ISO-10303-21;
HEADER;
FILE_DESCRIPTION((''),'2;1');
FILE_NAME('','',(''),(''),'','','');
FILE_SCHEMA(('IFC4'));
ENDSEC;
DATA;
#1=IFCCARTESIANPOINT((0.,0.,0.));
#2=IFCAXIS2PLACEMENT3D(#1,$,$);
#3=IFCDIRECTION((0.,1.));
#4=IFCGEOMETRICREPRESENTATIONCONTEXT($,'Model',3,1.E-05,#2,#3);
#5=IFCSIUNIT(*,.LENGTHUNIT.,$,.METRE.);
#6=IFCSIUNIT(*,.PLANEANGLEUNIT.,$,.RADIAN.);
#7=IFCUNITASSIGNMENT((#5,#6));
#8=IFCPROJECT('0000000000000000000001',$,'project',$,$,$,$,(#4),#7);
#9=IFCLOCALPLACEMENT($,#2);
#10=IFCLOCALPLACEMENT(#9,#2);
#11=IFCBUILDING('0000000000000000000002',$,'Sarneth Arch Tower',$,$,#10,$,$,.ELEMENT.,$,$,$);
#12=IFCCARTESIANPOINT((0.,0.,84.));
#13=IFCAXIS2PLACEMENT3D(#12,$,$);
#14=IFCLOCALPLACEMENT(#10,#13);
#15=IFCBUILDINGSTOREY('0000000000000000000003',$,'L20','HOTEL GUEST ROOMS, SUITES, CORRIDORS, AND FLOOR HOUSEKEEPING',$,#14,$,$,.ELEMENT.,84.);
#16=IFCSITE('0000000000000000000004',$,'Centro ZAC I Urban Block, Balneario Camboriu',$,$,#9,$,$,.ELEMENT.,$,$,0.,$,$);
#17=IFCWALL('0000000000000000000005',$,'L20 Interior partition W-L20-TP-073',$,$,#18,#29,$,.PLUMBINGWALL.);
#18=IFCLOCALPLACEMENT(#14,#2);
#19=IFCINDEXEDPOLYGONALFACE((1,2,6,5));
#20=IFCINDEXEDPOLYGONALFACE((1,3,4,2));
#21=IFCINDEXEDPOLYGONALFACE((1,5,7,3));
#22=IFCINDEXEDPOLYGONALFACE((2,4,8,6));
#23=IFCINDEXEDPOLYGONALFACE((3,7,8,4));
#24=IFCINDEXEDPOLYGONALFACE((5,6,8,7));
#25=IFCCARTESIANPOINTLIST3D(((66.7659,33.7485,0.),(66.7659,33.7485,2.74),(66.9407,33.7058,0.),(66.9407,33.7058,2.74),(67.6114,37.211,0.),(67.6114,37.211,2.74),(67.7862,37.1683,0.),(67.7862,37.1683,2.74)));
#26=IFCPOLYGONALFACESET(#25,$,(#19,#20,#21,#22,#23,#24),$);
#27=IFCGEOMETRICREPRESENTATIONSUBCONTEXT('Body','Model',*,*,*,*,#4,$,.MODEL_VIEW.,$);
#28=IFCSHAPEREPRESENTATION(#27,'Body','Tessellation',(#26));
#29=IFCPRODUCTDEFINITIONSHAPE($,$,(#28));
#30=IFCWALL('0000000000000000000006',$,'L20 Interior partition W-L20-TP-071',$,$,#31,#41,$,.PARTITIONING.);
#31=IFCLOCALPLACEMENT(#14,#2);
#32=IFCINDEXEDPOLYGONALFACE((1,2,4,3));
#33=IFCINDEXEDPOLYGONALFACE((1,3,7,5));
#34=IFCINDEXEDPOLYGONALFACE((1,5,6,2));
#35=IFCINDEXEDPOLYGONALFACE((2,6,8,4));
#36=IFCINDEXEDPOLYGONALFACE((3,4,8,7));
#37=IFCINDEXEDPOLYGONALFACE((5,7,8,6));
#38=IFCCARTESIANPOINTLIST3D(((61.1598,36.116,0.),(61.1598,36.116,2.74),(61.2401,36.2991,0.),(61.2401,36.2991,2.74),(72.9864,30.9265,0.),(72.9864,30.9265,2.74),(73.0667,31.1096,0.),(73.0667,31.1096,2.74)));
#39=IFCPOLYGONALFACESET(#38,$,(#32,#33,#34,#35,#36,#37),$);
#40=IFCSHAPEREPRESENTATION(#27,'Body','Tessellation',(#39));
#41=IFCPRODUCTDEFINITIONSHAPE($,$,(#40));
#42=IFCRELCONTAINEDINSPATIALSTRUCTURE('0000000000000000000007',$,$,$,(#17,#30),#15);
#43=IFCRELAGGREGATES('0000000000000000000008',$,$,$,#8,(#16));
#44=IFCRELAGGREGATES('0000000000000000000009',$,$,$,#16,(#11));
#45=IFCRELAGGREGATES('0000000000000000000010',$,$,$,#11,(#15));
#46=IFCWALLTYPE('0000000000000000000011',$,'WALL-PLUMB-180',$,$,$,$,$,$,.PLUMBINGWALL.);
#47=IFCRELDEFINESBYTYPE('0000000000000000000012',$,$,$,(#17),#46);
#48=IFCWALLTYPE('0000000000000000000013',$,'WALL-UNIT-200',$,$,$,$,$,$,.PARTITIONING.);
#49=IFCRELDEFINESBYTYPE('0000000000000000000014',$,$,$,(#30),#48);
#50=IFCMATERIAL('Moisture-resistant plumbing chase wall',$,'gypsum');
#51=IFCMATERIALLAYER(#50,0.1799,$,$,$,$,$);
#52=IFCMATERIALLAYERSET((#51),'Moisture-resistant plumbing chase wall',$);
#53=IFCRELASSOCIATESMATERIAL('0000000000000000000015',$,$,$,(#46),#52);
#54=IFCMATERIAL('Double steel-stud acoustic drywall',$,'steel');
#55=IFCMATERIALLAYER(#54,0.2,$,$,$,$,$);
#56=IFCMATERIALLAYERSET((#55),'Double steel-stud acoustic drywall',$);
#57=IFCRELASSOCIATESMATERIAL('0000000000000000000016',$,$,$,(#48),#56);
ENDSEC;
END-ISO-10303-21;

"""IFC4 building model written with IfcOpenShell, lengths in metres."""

from ifc_helpers import new_model, si_unit, direction, frame, frame_2d, origin, place, context, subcontext, project, spatial, rectangle, extrude, material, layer, layer_set, type_object, element, save


model = new_model("IFC4")

# Units and contexts
model_context = context("Model", 3, precision=1e-05, world=origin(), true_north=direction((0.0, 1.0)))
body_context = subcontext(model_context, "Body", "Model", "MODEL_VIEW")
ifc_project = project(units=[si_unit("LENGTHUNIT", "METRE"), si_unit("PLANEANGLEUNIT", "RADIAN")], contexts=[model_context])

# Site, building, storey
site_placement = place(None, origin())
site = spatial("IfcSite", under=ifc_project, at=site_placement, Name="Centro ZAC I Urban Block, Balneario Camboriu", CompositionType="ELEMENT", RefElevation=0.0)
building_placement = place(site_placement, origin())
building = spatial("IfcBuilding", under=site, at=building_placement, Name="Sarneth Arch Tower", CompositionType="ELEMENT")
storey_placement = place(building_placement, frame((0.0, 0.0, 84.0)))
storey = spatial("IfcBuildingStorey", under=building, at=storey_placement, Name="L20", Description="HOTEL GUEST ROOMS, SUITES, CORRIDORS, AND FLOOR HOUSEKEEPING", CompositionType="ELEMENT", Elevation=84.0)

# Shared definitions
ifc_material_1 = material(Name="Moisture-resistant plumbing chase wall", Category="gypsum")
ifc_layer_1 = layer(ifc_material_1, 0.1799)
ifc_layer_set_1 = layer_set([ifc_layer_1], Name="Moisture-resistant plumbing chase wall")
wall_type_1 = type_object("IfcWallType", Name="WALL-PLUMB-180", PredefinedType="PLUMBINGWALL", material=ifc_layer_set_1)

# Walls
wall_1_placement = place(storey_placement, frame((66.8533, 33.7271, 0.0), z_axis=(0.0, 0.0, 1.0), x_axis=(0.237213, 0.971458, 0.0)))
element("IfcWall", 1, at=wall_1_placement, inside=storey, type_object=wall_type_1, Name="L20 Interior partition W-L20-TP-073", PredefinedType="PLUMBINGWALL", context=body_context, shape_type="SweptSolid", body=[
    extrude(rectangle(XDim=3.5642, YDim=0.1799, at=frame_2d((1.7822, 0.0))), origin(), (0.0, 0.0, 1.0), 2.74),
])
ifc_material_2 = material(Name="Double steel-stud acoustic drywall", Category="steel")
ifc_layer_2 = layer(ifc_material_2, 0.2)
ifc_layer_set_2 = layer_set([ifc_layer_2], Name="Double steel-stud acoustic drywall")
wall_type_2 = type_object("IfcWallType", Name="WALL-UNIT-200", PredefinedType="PARTITIONING", material=ifc_layer_set_2)
wall_2_placement = place(storey_placement, frame((61.2, 36.2075, 0.0), z_axis=(0.0, 0.0, 1.0), x_axis=(0.915722, -0.401812, 0.0)))
element("IfcWall", 2, at=wall_2_placement, inside=storey, type_object=wall_type_2, Name="L20 Interior partition W-L20-TP-071", PredefinedType="PARTITIONING", context=body_context, shape_type="SweptSolid", body=[
    extrude(rectangle(XDim=12.915, YDim=0.2, at=frame_2d((6.4575, 0.0))), origin(), (0.0, 0.0, 1.0), 2.74),
])

save(model, "model.ifc")
